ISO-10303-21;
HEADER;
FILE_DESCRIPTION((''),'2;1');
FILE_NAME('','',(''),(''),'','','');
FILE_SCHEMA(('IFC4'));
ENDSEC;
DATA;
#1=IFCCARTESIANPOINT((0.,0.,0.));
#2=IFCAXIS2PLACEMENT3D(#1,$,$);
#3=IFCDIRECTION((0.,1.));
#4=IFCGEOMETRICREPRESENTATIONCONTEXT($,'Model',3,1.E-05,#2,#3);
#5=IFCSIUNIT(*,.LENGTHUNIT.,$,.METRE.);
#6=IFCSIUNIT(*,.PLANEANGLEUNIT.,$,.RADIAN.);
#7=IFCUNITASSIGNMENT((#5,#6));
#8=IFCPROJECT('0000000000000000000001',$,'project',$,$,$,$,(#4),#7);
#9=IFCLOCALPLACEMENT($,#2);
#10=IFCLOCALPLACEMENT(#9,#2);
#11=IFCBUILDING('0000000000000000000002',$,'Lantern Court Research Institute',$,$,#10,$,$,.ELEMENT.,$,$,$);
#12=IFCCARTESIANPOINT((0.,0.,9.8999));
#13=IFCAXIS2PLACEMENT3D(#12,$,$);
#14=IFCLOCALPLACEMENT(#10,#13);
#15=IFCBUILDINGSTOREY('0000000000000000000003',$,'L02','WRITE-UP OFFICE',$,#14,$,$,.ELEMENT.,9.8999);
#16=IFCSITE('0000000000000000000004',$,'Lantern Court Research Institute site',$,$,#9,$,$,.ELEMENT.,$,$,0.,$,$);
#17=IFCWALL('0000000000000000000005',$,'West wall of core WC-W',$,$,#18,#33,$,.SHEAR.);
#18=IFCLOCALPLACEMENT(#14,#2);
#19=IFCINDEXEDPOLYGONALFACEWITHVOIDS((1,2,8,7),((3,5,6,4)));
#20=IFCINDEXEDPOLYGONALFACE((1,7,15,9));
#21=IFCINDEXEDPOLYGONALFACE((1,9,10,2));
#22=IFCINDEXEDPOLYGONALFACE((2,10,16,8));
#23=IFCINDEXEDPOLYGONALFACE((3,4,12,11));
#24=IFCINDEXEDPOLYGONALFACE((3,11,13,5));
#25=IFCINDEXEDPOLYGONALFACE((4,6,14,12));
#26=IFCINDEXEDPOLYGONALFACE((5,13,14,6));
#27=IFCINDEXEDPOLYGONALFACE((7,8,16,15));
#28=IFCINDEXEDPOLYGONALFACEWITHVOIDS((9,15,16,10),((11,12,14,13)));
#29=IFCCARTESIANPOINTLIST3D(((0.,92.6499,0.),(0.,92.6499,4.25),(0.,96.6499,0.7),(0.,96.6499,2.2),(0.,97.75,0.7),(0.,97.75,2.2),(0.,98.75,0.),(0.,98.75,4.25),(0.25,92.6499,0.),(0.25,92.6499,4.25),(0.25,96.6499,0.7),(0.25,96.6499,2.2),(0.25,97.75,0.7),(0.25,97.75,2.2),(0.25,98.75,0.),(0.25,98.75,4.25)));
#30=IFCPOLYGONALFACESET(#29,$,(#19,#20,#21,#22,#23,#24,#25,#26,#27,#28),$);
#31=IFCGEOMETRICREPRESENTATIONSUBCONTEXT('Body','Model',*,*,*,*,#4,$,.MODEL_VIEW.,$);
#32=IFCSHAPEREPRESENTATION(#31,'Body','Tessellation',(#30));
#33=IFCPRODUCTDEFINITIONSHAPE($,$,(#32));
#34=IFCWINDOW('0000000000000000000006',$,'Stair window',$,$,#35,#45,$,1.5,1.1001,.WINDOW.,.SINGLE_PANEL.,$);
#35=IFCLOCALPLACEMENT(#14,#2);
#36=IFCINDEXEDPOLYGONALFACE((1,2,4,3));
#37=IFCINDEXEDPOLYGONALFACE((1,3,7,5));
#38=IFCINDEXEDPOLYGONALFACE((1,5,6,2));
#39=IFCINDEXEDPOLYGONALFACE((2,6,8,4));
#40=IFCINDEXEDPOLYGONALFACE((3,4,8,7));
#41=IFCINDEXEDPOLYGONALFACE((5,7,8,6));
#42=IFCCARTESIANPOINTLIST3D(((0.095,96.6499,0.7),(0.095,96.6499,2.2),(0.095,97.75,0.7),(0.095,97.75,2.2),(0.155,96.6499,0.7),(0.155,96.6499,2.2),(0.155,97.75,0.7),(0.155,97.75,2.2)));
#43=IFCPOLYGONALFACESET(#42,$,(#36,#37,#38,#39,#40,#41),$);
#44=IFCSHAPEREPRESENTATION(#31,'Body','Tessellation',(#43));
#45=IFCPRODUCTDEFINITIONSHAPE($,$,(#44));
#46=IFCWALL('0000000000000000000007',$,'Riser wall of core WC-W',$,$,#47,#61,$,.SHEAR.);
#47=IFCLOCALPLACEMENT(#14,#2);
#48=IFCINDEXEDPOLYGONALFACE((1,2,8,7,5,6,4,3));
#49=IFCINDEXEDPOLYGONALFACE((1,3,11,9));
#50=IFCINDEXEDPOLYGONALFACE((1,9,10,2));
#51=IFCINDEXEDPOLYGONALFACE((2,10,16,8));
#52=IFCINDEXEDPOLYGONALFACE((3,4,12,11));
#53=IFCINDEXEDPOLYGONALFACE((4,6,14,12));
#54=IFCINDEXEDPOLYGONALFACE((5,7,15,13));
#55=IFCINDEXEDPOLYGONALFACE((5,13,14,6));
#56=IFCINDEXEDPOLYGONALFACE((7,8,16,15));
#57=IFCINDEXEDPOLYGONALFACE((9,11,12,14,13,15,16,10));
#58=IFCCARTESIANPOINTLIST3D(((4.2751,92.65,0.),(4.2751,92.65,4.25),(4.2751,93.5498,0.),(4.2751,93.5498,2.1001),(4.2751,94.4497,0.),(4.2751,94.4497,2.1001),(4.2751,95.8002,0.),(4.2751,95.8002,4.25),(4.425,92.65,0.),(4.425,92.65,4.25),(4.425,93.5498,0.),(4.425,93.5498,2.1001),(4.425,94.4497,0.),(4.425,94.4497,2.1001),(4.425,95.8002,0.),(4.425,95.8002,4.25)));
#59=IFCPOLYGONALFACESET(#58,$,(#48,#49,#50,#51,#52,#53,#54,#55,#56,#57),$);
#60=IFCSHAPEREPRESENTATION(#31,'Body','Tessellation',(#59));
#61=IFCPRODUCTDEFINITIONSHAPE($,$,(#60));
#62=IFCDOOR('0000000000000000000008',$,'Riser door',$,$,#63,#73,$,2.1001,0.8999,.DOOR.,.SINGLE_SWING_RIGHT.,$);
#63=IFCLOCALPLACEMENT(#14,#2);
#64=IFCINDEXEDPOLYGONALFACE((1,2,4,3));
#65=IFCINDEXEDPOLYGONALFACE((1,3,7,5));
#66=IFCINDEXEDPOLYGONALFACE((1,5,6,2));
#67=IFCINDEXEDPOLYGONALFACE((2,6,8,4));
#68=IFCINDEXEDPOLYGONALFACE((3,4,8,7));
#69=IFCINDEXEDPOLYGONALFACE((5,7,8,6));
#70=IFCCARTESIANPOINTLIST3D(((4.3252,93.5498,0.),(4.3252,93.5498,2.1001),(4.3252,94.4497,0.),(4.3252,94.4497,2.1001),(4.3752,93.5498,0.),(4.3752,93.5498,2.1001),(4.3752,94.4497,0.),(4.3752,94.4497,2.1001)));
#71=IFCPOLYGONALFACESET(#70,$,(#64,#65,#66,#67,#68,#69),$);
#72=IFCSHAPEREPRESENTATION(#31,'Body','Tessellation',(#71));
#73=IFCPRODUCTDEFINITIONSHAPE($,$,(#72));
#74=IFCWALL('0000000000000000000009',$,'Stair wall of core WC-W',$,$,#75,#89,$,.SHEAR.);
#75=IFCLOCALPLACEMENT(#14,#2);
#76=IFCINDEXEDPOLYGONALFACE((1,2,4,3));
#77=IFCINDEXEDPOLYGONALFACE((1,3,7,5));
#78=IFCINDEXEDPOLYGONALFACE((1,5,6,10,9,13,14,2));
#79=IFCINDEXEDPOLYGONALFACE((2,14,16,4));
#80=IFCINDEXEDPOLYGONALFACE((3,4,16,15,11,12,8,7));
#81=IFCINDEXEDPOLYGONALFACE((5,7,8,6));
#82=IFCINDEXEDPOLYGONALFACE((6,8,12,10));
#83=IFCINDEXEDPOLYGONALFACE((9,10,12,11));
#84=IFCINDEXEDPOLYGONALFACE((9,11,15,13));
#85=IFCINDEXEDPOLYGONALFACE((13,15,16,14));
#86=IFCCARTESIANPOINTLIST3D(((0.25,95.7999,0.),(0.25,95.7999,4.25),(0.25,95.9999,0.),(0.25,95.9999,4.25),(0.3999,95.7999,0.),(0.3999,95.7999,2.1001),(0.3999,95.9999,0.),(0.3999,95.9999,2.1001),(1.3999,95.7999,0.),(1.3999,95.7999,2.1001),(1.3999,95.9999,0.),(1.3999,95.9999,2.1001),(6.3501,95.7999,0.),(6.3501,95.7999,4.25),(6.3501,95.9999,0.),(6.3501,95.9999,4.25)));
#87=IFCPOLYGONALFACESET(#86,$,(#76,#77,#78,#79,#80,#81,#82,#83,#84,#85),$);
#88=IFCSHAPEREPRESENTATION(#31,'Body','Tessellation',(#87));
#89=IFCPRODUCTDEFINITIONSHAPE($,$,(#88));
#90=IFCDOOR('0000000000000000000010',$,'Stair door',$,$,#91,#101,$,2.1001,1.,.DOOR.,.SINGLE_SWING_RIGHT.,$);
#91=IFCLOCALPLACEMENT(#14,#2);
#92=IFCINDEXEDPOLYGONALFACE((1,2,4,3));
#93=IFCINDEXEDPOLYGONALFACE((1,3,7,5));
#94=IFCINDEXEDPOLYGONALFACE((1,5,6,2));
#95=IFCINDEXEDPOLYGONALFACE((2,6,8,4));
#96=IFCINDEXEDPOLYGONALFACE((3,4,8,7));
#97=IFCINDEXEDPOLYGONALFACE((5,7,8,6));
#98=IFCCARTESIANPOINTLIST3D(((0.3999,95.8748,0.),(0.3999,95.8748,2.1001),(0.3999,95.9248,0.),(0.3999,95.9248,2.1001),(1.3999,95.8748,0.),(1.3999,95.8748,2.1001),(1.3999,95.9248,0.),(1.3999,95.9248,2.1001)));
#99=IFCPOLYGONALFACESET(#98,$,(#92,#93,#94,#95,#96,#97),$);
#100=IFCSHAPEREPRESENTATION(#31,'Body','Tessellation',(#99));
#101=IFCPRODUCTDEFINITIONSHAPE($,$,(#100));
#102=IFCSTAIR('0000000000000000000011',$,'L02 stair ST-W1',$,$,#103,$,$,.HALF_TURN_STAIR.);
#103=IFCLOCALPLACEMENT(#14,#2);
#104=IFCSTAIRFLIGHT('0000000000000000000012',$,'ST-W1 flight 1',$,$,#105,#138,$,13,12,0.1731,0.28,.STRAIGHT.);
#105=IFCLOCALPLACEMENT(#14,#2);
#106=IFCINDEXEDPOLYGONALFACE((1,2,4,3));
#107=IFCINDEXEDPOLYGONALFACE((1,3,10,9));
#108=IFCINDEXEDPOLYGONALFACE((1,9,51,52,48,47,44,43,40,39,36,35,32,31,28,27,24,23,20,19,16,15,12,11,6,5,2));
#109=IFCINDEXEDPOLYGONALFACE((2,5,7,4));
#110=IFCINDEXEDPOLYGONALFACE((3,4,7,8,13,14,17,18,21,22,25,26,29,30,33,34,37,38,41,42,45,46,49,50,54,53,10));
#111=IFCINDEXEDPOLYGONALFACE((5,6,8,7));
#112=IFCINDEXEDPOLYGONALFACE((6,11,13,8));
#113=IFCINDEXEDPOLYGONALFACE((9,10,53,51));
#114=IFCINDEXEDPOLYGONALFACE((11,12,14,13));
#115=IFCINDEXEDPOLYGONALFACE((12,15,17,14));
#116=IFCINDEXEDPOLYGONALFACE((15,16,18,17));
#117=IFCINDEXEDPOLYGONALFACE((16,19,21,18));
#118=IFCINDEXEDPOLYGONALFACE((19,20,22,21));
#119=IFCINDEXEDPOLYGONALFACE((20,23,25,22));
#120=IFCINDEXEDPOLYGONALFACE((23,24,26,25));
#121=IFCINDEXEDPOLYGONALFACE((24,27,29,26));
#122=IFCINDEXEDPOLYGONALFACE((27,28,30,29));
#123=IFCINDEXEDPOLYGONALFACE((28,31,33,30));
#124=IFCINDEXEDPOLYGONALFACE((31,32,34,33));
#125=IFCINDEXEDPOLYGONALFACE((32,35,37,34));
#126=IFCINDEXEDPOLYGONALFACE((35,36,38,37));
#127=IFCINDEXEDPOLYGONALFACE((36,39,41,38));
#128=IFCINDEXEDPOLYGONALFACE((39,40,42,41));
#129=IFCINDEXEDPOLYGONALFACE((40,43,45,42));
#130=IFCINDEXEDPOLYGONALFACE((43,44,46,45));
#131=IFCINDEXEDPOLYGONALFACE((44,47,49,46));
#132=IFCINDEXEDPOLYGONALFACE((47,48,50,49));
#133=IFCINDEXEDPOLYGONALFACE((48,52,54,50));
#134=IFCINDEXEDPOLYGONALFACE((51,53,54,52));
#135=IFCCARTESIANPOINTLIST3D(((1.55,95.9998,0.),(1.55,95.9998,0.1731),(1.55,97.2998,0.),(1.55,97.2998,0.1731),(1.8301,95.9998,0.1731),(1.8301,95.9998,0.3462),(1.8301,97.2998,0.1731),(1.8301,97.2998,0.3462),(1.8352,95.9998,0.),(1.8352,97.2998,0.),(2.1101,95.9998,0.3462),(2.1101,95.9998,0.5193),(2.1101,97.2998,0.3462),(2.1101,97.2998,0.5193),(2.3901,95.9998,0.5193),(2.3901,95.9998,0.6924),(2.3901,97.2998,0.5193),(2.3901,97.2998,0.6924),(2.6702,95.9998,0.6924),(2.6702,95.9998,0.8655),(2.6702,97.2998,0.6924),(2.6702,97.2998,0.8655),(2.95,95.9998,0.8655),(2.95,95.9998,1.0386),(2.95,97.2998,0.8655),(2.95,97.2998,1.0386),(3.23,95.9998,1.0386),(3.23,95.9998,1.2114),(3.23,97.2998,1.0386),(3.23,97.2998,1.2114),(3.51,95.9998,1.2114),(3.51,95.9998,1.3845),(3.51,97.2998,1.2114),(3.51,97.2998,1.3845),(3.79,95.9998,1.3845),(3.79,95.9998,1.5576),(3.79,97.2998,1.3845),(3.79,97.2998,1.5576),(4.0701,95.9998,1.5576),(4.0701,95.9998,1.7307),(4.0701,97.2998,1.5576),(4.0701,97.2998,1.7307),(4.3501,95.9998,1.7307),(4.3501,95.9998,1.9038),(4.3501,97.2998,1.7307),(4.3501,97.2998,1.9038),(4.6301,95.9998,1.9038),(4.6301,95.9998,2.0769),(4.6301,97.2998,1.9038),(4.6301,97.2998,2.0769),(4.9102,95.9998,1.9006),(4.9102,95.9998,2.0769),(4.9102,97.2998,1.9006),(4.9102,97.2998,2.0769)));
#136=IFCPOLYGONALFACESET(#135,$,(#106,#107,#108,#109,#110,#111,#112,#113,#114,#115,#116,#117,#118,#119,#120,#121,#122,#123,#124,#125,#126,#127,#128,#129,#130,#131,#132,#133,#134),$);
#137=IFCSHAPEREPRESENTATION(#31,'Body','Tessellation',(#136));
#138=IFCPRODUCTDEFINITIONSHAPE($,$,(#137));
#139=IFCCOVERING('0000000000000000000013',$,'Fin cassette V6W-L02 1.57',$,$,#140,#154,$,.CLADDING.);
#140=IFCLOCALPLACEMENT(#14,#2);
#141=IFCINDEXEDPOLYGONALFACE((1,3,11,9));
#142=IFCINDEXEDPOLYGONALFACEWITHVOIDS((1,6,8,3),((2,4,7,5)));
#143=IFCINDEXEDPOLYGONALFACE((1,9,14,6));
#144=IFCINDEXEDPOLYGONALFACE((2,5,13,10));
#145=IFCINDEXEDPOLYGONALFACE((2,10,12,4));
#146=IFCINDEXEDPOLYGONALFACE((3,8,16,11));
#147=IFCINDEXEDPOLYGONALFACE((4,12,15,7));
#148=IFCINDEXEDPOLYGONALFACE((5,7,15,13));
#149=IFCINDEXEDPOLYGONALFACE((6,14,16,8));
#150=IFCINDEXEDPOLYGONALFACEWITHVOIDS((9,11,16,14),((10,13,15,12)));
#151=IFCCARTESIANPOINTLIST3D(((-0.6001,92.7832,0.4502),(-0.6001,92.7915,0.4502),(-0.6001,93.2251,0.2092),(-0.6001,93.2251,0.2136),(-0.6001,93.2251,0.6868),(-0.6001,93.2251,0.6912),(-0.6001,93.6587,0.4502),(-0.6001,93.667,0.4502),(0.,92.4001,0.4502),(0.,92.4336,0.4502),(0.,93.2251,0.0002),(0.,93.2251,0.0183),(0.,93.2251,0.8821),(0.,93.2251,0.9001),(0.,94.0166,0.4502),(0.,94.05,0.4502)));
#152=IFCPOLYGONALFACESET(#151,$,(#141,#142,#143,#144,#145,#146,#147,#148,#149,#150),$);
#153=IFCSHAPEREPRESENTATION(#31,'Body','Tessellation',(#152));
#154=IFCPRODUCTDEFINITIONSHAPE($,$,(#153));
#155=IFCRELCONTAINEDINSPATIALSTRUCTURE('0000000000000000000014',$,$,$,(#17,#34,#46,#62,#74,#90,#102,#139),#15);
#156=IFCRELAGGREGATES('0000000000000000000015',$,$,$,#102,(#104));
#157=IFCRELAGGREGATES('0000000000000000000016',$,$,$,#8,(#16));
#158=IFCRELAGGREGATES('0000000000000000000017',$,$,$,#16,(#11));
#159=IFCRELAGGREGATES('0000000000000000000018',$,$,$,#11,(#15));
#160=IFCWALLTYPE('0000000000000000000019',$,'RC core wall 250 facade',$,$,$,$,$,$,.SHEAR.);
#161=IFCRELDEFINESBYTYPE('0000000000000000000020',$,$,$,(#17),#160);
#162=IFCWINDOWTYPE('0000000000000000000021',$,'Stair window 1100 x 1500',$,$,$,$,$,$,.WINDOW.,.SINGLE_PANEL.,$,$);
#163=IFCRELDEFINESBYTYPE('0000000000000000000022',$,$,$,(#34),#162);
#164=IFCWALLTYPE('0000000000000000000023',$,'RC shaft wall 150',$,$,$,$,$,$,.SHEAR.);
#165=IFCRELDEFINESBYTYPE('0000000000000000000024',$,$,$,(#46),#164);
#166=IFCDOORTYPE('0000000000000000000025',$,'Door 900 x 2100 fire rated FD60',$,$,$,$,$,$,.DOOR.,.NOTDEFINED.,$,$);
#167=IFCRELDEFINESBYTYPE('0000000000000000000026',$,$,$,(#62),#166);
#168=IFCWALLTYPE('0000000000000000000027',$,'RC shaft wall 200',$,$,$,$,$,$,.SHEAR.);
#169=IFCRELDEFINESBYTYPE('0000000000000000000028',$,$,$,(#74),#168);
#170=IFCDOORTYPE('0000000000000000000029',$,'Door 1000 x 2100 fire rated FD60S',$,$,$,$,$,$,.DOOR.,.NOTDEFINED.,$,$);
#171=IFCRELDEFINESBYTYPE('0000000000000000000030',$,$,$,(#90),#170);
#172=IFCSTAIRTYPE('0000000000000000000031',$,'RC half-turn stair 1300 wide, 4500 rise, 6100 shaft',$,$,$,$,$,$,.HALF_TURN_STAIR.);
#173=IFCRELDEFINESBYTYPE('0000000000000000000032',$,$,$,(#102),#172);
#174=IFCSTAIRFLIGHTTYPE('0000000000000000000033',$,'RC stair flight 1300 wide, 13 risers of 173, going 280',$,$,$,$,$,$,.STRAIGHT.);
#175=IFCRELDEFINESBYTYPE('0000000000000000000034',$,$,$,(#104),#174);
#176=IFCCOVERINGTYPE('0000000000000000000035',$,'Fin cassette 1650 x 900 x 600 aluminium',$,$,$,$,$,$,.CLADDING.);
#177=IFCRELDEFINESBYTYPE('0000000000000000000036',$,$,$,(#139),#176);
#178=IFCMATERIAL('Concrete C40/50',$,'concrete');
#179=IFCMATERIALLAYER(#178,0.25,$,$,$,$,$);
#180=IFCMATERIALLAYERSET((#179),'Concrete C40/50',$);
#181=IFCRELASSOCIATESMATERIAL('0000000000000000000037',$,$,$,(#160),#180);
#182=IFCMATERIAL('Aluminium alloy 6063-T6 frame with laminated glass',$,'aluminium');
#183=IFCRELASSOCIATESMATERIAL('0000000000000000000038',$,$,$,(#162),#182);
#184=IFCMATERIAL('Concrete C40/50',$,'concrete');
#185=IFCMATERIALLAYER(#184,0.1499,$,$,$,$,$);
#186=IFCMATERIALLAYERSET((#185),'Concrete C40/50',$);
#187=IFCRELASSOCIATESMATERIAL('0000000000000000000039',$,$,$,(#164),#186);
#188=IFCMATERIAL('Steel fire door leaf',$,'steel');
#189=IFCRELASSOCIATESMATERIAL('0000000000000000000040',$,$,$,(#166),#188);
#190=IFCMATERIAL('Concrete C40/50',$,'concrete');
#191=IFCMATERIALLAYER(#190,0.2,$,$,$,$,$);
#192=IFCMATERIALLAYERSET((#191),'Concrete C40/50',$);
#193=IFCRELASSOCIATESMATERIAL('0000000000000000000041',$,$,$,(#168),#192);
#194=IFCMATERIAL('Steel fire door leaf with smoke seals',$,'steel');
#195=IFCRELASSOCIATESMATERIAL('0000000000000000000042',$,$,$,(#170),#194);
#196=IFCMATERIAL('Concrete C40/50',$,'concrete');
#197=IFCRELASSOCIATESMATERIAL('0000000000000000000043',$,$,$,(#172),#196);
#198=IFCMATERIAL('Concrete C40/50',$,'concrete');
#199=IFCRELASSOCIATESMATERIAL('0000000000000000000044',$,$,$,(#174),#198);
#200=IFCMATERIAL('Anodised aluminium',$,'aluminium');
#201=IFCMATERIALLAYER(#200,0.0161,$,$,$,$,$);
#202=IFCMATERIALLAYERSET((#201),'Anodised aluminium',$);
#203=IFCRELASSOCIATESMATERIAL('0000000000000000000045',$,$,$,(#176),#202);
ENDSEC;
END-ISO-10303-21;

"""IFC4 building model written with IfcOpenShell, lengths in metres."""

from ifc_helpers import new_model, entity, si_unit, direction, frame, frame_2d, origin, place, context, subcontext, project, spatial, polyline, rectangle, outline, extrude, material, layer, layer_set, type_object, element, fill, aggregate, save


model = new_model("IFC4")

# Units and contexts
model_context = context("Model", 3, precision=1e-05, world=origin(), true_north=direction((0.0, 1.0)))
body_context = subcontext(model_context, "Body", "Model", "MODEL_VIEW")
ifc_project = project(units=[si_unit("LENGTHUNIT", "METRE"), si_unit("PLANEANGLEUNIT", "RADIAN")], contexts=[model_context])

# Site, building, storey
site_placement = place(None, origin())
site = spatial("IfcSite", under=ifc_project, at=site_placement, Name="Lantern Court Research Institute site", CompositionType="ELEMENT", RefElevation=0.0)
building_placement = place(site_placement, origin())
building = spatial("IfcBuilding", under=site, at=building_placement, Name="Lantern Court Research Institute", CompositionType="ELEMENT")
storey_placement = place(building_placement, frame((0.0, 0.0, 9.8999)))
storey = spatial("IfcBuildingStorey", under=building, at=storey_placement, Name="L02", Description="WRITE-UP OFFICE", CompositionType="ELEMENT", Elevation=9.8999)

# Wall, opening, window
ifc_material_1 = material(Name="Concrete C40/50", Category="concrete")
ifc_layer_1 = layer(ifc_material_1, 0.25)
ifc_layer_set_1 = layer_set([ifc_layer_1], Name="Concrete C40/50")
wall_type_1 = type_object("IfcWallType", Name="RC core wall 250 facade", PredefinedType="SHEAR", material=ifc_layer_set_1)
wall_1_placement = place(storey_placement, frame((0.125, 92.6499, 0.0), z_axis=(0.0, 0.0, 1.0), x_axis=(0.0, 1.0, 0.0)))
wall_1 = element("IfcWall", 1, at=wall_1_placement, inside=storey, type_object=wall_type_1, Name="West wall of core WC-W", PredefinedType="SHEAR", context=body_context, shape_type="SweptSolid", body=[
    extrude(rectangle(XDim=6.1001, YDim=0.25, at=frame_2d((3.05, 0.0))), origin(), (0.0, 0.0, 1.0), 4.25),
])
opening_1_placement = place(wall_1_placement, frame((4.0, 0.0, 0.7)))
opening_1 = element("IfcOpeningElement", 2, at=opening_1_placement, cuts=wall_1, PredefinedType="OPENING", context=body_context, shape_type="SweptSolid", body=[
    extrude(rectangle(XDim=1.1001, YDim=1.5, at=frame_2d((0.55, 0.75))), frame((0.0, 0.135, 0.0), z_axis=(0.0, -1.0, 0.0), x_axis=(1.0, 0.0, 0.0)), (0.0, 0.0, 1.0), 0.27),
])
ifc_material_2 = material(Name="Aluminium alloy 6063-T6 frame with laminated glass", Category="aluminium")
window_type = type_object("IfcWindowType", Name="Stair window 1100 x 1500", PartitioningType="SINGLE_PANEL", PredefinedType="WINDOW", material=ifc_material_2)
window_placement = place(opening_1_placement, origin())
window = element("IfcWindow", 3, at=window_placement, inside=storey, type_object=window_type, Name="Stair window", OverallHeight=1.5, OverallWidth=1.1001, PartitioningType="SINGLE_PANEL", PredefinedType="WINDOW", context=body_context, shape_type="SweptSolid", body=[
    extrude(rectangle(XDim=1.1001, YDim=1.5, at=frame_2d((0.55, 0.75))), frame((0.0, 0.03, 0.0), z_axis=(0.0, -1.0, 0.0), x_axis=(1.0, 0.0, 0.0)), (0.0, 0.0, 1.0), 0.0601),
])
fill(opening_1, window)

# Walls, openings, doors
ifc_material_3 = material(Name="Concrete C40/50", Category="concrete")
ifc_layer_2 = layer(ifc_material_3, 0.1499)
ifc_layer_set_2 = layer_set([ifc_layer_2], Name="Concrete C40/50")
wall_type_2 = type_object("IfcWallType", Name="RC shaft wall 150", PredefinedType="SHEAR", material=ifc_layer_set_2)
wall_2_placement = place(storey_placement, frame((4.3501, 92.6499, 0.0), z_axis=(0.0, 0.0, 1.0), x_axis=(0.0, 1.0, 0.0)))
wall_2 = element("IfcWall", 4, at=wall_2_placement, inside=storey, type_object=wall_type_2, Name="Riser wall of core WC-W", PredefinedType="SHEAR", context=body_context, shape_type="SweptSolid", body=[
    extrude(rectangle(XDim=3.1501, YDim=0.1499, at=frame_2d((1.5752, 0.0))), origin(), (0.0, 0.0, 1.0), 4.25),
])
opening_2_placement = place(wall_2_placement, frame((0.8999, 0.0, 0.0)))
opening_2 = element("IfcOpeningElement", 5, at=opening_2_placement, cuts=wall_2, PredefinedType="OPENING", context=body_context, shape_type="SweptSolid", body=[
    extrude(rectangle(XDim=0.8999, YDim=2.1001, at=frame_2d((0.45, 1.05))), frame((0.0, 0.085, 0.0), z_axis=(0.0, -1.0, 0.0), x_axis=(1.0, 0.0, 0.0)), (0.0, 0.0, 1.0), 0.1699),
])
ifc_material_4 = material(Name="Steel fire door leaf", Category="steel")
door_type_1 = type_object("IfcDoorType", Name="Door 900 x 2100 fire rated FD60", OperationType="NOTDEFINED", PredefinedType="DOOR", material=ifc_material_4)
door_1_placement = place(opening_2_placement, origin())
door_1 = element("IfcDoor", 6, at=door_1_placement, inside=storey, type_object=door_type_1, Name="Riser door", OperationType="SINGLE_SWING_RIGHT", OverallHeight=2.1001, OverallWidth=0.8999, PredefinedType="DOOR", context=body_context, shape_type="SweptSolid", body=[
    extrude(rectangle(XDim=0.8999, YDim=2.1001, at=frame_2d((0.45, 1.05))), frame((0.0, 0.0249, 0.0), z_axis=(0.0, -1.0, 0.0), x_axis=(1.0, 0.0, 0.0)), (0.0, 0.0, 1.0), 0.05),
])
fill(opening_2, door_1)
ifc_material_5 = material(Name="Concrete C40/50", Category="concrete")
ifc_layer_3 = layer(ifc_material_5, 0.2)
ifc_layer_set_3 = layer_set([ifc_layer_3], Name="Concrete C40/50")
wall_type_3 = type_object("IfcWallType", Name="RC shaft wall 200", PredefinedType="SHEAR", material=ifc_layer_set_3)
wall_3_placement = place(storey_placement, frame((0.25, 95.8999, 0.0), z_axis=(0.0, 0.0, 1.0), x_axis=(1.0, 0.0, 0.0)))
wall_3 = element("IfcWall", 7, at=wall_3_placement, inside=storey, type_object=wall_type_3, Name="Stair wall of core WC-W", PredefinedType="SHEAR", context=body_context, shape_type="SweptSolid", body=[
    extrude(rectangle(XDim=6.1001, YDim=0.2, at=frame_2d((3.05, 0.0))), origin(), (0.0, 0.0, 1.0), 4.25),
])
opening_3_placement = place(wall_3_placement, frame((0.1499, 0.0, 0.0)))
opening_3 = element("IfcOpeningElement", 8, at=opening_3_placement, cuts=wall_3, PredefinedType="OPENING", context=body_context, shape_type="SweptSolid", body=[
    extrude(rectangle(XDim=1.0, YDim=2.1001, at=frame_2d((0.5, 1.05))), frame((0.0, 0.1099, 0.0), z_axis=(0.0, -1.0, 0.0), x_axis=(1.0, 0.0, 0.0)), (0.0, 0.0, 1.0), 0.22),
])
ifc_material_6 = material(Name="Steel fire door leaf with smoke seals", Category="steel")
door_type_2 = type_object("IfcDoorType", Name="Door 1000 x 2100 fire rated FD60S", OperationType="NOTDEFINED", PredefinedType="DOOR", material=ifc_material_6)
door_2_placement = place(opening_3_placement, origin())
door_2 = element("IfcDoor", 9, at=door_2_placement, inside=storey, type_object=door_type_2, Name="Stair door", OperationType="SINGLE_SWING_RIGHT", OverallHeight=2.1001, OverallWidth=1.0, PredefinedType="DOOR", context=body_context, shape_type="SweptSolid", body=[
    extrude(rectangle(XDim=1.0, YDim=2.1001, at=frame_2d((0.5, 1.05))), frame((0.0, 0.0249, 0.0), z_axis=(0.0, -1.0, 0.0), x_axis=(1.0, 0.0, 0.0)), (0.0, 0.0, 1.0), 0.05),
])
fill(opening_3, door_2)

# Stair, stair flight
ifc_material_7 = material(Name="Concrete C40/50", Category="concrete")
stair_type = type_object("IfcStairType", Name="RC half-turn stair 1300 wide, 4500 rise, 6100 shaft", PredefinedType="HALF_TURN_STAIR", material=ifc_material_7)
stair_placement = place(storey_placement, origin())
stair = element("IfcStair", 10, at=stair_placement, inside=storey, type_object=stair_type, Name="L02 stair ST-W1", PredefinedType="HALF_TURN_STAIR")
ifc_material_8 = material(Name="Concrete C40/50", Category="concrete")
stair_flight_type = type_object("IfcStairFlightType", Name="RC stair flight 1300 wide, 13 risers of 173, going 280", PredefinedType="STRAIGHT", material=ifc_material_8)
stair_flight_placement = place(storey_placement, frame((1.55, 96.6499, 0.0), z_axis=(0.0, 0.0, 1.0), x_axis=(1.0, 0.0, 0.0)))
stair_flight = element("IfcStairFlight", 11, at=stair_flight_placement, type_object=stair_flight_type, Name="ST-W1 flight 1", NumberOfRisers=13, NumberOfTreads=12, PredefinedType="STRAIGHT", RiserHeight=0.1731, TreadLength=0.28, context=body_context, shape_type="SweptSolid", body=[
    extrude(outline(polyline([(0.0, 0.0), (0.0, 0.1731), (0.28, 0.1731), (0.28, 0.3462), (0.5601, 0.3462), (0.5601, 0.5193), (0.8401, 0.5193), (0.8401, 0.6924), (1.1201, 0.6924), (1.1201, 0.8655), (1.3999, 0.8655), (1.3999, 1.0386), (1.6799, 1.0386), (1.6799, 1.2114), (1.96, 1.2114), (1.96, 1.3845), (2.24, 1.3845), (2.24, 1.5576), (2.52, 1.5576), (2.52, 1.7307), (2.8, 1.7307), (2.8, 1.9038), (3.0801, 1.9038), (3.0801, 2.0769), (3.3601, 2.0769), (3.3601, 2.25), (3.3601, 1.9006), (0.2852, 0.0), (0.0, 0.0)])), frame((0.0, 0.6499, 0.0), z_axis=(0.0, -1.0, 0.0), x_axis=(1.0, 0.0, 0.0)), (0.0, 0.0, 1.0), 1.3),
])
aggregate(stair, [stair_flight])

# Covering
ifc_material_9 = material(Name="Anodised aluminium", Category="aluminium")
ifc_layer_4 = layer(ifc_material_9, 0.0161)
ifc_layer_set_4 = layer_set([ifc_layer_4], Name="Anodised aluminium")
covering_type = type_object("IfcCoveringType", Name="Fin cassette 1650 x 900 x 600 aluminium", PredefinedType="CLADDING", material=ifc_layer_set_4)
covering_1_placement = place(storey_placement, frame((0.0, 93.2251, 0.4502), z_axis=(-1.0, 0.0, 0.0), x_axis=(0.0, -1.0, 0.0)))
cartesian_point_1 = entity("IfcCartesianPoint", [0.825, 0.0])
cartesian_point_2 = entity("IfcCartesianPoint", [0.7915, 0.0])
cartesian_point_3 = entity("IfcCartesianPoint", [0.4419, 0.0])
cartesian_point_4 = entity("IfcCartesianPoint", [0.4336, 0.0])
element("IfcCovering", 12, at=covering_1_placement, inside=storey, type_object=covering_type, Name="Fin cassette V6W-L02 1.57", PredefinedType="CLADDING", context=body_context, shape_type="SweptSolid", body=[
    entity("IfcExtrudedAreaSolidTapered", entity("IfcArbitraryProfileDefWithVoids", "AREA", None, entity("IfcPolyline", [cartesian_point_1, entity("IfcCartesianPoint", [0.0, 0.45]), entity("IfcCartesianPoint", [-0.825, 0.0]), entity("IfcCartesianPoint", [0.0, -0.45]), cartesian_point_1]), [entity("IfcPolyline", [cartesian_point_2, entity("IfcCartesianPoint", [0.0, 0.4319]), entity("IfcCartesianPoint", [-0.7915, 0.0]), entity("IfcCartesianPoint", [0.0, -0.4319]), cartesian_point_2])]), entity("IfcAxis2Placement3D", entity("IfcCartesianPoint", [0.0, 0.0, 0.0])), entity("IfcDirection", [0.0, 0.0, 1.0]), 0.6001, entity("IfcArbitraryProfileDefWithVoids", "AREA", None, entity("IfcPolyline", [cartesian_point_3, entity("IfcCartesianPoint", [0.0, 0.241]), entity("IfcCartesianPoint", [-0.4419, 0.0]), entity("IfcCartesianPoint", [0.0, -0.241]), cartesian_point_3]), [entity("IfcPolyline", [cartesian_point_4, entity("IfcCartesianPoint", [0.0, 0.2366]), entity("IfcCartesianPoint", [-0.4336, 0.0]), entity("IfcCartesianPoint", [0.0, -0.2366]), cartesian_point_4])])),
])

save(model, "model.ifc")
